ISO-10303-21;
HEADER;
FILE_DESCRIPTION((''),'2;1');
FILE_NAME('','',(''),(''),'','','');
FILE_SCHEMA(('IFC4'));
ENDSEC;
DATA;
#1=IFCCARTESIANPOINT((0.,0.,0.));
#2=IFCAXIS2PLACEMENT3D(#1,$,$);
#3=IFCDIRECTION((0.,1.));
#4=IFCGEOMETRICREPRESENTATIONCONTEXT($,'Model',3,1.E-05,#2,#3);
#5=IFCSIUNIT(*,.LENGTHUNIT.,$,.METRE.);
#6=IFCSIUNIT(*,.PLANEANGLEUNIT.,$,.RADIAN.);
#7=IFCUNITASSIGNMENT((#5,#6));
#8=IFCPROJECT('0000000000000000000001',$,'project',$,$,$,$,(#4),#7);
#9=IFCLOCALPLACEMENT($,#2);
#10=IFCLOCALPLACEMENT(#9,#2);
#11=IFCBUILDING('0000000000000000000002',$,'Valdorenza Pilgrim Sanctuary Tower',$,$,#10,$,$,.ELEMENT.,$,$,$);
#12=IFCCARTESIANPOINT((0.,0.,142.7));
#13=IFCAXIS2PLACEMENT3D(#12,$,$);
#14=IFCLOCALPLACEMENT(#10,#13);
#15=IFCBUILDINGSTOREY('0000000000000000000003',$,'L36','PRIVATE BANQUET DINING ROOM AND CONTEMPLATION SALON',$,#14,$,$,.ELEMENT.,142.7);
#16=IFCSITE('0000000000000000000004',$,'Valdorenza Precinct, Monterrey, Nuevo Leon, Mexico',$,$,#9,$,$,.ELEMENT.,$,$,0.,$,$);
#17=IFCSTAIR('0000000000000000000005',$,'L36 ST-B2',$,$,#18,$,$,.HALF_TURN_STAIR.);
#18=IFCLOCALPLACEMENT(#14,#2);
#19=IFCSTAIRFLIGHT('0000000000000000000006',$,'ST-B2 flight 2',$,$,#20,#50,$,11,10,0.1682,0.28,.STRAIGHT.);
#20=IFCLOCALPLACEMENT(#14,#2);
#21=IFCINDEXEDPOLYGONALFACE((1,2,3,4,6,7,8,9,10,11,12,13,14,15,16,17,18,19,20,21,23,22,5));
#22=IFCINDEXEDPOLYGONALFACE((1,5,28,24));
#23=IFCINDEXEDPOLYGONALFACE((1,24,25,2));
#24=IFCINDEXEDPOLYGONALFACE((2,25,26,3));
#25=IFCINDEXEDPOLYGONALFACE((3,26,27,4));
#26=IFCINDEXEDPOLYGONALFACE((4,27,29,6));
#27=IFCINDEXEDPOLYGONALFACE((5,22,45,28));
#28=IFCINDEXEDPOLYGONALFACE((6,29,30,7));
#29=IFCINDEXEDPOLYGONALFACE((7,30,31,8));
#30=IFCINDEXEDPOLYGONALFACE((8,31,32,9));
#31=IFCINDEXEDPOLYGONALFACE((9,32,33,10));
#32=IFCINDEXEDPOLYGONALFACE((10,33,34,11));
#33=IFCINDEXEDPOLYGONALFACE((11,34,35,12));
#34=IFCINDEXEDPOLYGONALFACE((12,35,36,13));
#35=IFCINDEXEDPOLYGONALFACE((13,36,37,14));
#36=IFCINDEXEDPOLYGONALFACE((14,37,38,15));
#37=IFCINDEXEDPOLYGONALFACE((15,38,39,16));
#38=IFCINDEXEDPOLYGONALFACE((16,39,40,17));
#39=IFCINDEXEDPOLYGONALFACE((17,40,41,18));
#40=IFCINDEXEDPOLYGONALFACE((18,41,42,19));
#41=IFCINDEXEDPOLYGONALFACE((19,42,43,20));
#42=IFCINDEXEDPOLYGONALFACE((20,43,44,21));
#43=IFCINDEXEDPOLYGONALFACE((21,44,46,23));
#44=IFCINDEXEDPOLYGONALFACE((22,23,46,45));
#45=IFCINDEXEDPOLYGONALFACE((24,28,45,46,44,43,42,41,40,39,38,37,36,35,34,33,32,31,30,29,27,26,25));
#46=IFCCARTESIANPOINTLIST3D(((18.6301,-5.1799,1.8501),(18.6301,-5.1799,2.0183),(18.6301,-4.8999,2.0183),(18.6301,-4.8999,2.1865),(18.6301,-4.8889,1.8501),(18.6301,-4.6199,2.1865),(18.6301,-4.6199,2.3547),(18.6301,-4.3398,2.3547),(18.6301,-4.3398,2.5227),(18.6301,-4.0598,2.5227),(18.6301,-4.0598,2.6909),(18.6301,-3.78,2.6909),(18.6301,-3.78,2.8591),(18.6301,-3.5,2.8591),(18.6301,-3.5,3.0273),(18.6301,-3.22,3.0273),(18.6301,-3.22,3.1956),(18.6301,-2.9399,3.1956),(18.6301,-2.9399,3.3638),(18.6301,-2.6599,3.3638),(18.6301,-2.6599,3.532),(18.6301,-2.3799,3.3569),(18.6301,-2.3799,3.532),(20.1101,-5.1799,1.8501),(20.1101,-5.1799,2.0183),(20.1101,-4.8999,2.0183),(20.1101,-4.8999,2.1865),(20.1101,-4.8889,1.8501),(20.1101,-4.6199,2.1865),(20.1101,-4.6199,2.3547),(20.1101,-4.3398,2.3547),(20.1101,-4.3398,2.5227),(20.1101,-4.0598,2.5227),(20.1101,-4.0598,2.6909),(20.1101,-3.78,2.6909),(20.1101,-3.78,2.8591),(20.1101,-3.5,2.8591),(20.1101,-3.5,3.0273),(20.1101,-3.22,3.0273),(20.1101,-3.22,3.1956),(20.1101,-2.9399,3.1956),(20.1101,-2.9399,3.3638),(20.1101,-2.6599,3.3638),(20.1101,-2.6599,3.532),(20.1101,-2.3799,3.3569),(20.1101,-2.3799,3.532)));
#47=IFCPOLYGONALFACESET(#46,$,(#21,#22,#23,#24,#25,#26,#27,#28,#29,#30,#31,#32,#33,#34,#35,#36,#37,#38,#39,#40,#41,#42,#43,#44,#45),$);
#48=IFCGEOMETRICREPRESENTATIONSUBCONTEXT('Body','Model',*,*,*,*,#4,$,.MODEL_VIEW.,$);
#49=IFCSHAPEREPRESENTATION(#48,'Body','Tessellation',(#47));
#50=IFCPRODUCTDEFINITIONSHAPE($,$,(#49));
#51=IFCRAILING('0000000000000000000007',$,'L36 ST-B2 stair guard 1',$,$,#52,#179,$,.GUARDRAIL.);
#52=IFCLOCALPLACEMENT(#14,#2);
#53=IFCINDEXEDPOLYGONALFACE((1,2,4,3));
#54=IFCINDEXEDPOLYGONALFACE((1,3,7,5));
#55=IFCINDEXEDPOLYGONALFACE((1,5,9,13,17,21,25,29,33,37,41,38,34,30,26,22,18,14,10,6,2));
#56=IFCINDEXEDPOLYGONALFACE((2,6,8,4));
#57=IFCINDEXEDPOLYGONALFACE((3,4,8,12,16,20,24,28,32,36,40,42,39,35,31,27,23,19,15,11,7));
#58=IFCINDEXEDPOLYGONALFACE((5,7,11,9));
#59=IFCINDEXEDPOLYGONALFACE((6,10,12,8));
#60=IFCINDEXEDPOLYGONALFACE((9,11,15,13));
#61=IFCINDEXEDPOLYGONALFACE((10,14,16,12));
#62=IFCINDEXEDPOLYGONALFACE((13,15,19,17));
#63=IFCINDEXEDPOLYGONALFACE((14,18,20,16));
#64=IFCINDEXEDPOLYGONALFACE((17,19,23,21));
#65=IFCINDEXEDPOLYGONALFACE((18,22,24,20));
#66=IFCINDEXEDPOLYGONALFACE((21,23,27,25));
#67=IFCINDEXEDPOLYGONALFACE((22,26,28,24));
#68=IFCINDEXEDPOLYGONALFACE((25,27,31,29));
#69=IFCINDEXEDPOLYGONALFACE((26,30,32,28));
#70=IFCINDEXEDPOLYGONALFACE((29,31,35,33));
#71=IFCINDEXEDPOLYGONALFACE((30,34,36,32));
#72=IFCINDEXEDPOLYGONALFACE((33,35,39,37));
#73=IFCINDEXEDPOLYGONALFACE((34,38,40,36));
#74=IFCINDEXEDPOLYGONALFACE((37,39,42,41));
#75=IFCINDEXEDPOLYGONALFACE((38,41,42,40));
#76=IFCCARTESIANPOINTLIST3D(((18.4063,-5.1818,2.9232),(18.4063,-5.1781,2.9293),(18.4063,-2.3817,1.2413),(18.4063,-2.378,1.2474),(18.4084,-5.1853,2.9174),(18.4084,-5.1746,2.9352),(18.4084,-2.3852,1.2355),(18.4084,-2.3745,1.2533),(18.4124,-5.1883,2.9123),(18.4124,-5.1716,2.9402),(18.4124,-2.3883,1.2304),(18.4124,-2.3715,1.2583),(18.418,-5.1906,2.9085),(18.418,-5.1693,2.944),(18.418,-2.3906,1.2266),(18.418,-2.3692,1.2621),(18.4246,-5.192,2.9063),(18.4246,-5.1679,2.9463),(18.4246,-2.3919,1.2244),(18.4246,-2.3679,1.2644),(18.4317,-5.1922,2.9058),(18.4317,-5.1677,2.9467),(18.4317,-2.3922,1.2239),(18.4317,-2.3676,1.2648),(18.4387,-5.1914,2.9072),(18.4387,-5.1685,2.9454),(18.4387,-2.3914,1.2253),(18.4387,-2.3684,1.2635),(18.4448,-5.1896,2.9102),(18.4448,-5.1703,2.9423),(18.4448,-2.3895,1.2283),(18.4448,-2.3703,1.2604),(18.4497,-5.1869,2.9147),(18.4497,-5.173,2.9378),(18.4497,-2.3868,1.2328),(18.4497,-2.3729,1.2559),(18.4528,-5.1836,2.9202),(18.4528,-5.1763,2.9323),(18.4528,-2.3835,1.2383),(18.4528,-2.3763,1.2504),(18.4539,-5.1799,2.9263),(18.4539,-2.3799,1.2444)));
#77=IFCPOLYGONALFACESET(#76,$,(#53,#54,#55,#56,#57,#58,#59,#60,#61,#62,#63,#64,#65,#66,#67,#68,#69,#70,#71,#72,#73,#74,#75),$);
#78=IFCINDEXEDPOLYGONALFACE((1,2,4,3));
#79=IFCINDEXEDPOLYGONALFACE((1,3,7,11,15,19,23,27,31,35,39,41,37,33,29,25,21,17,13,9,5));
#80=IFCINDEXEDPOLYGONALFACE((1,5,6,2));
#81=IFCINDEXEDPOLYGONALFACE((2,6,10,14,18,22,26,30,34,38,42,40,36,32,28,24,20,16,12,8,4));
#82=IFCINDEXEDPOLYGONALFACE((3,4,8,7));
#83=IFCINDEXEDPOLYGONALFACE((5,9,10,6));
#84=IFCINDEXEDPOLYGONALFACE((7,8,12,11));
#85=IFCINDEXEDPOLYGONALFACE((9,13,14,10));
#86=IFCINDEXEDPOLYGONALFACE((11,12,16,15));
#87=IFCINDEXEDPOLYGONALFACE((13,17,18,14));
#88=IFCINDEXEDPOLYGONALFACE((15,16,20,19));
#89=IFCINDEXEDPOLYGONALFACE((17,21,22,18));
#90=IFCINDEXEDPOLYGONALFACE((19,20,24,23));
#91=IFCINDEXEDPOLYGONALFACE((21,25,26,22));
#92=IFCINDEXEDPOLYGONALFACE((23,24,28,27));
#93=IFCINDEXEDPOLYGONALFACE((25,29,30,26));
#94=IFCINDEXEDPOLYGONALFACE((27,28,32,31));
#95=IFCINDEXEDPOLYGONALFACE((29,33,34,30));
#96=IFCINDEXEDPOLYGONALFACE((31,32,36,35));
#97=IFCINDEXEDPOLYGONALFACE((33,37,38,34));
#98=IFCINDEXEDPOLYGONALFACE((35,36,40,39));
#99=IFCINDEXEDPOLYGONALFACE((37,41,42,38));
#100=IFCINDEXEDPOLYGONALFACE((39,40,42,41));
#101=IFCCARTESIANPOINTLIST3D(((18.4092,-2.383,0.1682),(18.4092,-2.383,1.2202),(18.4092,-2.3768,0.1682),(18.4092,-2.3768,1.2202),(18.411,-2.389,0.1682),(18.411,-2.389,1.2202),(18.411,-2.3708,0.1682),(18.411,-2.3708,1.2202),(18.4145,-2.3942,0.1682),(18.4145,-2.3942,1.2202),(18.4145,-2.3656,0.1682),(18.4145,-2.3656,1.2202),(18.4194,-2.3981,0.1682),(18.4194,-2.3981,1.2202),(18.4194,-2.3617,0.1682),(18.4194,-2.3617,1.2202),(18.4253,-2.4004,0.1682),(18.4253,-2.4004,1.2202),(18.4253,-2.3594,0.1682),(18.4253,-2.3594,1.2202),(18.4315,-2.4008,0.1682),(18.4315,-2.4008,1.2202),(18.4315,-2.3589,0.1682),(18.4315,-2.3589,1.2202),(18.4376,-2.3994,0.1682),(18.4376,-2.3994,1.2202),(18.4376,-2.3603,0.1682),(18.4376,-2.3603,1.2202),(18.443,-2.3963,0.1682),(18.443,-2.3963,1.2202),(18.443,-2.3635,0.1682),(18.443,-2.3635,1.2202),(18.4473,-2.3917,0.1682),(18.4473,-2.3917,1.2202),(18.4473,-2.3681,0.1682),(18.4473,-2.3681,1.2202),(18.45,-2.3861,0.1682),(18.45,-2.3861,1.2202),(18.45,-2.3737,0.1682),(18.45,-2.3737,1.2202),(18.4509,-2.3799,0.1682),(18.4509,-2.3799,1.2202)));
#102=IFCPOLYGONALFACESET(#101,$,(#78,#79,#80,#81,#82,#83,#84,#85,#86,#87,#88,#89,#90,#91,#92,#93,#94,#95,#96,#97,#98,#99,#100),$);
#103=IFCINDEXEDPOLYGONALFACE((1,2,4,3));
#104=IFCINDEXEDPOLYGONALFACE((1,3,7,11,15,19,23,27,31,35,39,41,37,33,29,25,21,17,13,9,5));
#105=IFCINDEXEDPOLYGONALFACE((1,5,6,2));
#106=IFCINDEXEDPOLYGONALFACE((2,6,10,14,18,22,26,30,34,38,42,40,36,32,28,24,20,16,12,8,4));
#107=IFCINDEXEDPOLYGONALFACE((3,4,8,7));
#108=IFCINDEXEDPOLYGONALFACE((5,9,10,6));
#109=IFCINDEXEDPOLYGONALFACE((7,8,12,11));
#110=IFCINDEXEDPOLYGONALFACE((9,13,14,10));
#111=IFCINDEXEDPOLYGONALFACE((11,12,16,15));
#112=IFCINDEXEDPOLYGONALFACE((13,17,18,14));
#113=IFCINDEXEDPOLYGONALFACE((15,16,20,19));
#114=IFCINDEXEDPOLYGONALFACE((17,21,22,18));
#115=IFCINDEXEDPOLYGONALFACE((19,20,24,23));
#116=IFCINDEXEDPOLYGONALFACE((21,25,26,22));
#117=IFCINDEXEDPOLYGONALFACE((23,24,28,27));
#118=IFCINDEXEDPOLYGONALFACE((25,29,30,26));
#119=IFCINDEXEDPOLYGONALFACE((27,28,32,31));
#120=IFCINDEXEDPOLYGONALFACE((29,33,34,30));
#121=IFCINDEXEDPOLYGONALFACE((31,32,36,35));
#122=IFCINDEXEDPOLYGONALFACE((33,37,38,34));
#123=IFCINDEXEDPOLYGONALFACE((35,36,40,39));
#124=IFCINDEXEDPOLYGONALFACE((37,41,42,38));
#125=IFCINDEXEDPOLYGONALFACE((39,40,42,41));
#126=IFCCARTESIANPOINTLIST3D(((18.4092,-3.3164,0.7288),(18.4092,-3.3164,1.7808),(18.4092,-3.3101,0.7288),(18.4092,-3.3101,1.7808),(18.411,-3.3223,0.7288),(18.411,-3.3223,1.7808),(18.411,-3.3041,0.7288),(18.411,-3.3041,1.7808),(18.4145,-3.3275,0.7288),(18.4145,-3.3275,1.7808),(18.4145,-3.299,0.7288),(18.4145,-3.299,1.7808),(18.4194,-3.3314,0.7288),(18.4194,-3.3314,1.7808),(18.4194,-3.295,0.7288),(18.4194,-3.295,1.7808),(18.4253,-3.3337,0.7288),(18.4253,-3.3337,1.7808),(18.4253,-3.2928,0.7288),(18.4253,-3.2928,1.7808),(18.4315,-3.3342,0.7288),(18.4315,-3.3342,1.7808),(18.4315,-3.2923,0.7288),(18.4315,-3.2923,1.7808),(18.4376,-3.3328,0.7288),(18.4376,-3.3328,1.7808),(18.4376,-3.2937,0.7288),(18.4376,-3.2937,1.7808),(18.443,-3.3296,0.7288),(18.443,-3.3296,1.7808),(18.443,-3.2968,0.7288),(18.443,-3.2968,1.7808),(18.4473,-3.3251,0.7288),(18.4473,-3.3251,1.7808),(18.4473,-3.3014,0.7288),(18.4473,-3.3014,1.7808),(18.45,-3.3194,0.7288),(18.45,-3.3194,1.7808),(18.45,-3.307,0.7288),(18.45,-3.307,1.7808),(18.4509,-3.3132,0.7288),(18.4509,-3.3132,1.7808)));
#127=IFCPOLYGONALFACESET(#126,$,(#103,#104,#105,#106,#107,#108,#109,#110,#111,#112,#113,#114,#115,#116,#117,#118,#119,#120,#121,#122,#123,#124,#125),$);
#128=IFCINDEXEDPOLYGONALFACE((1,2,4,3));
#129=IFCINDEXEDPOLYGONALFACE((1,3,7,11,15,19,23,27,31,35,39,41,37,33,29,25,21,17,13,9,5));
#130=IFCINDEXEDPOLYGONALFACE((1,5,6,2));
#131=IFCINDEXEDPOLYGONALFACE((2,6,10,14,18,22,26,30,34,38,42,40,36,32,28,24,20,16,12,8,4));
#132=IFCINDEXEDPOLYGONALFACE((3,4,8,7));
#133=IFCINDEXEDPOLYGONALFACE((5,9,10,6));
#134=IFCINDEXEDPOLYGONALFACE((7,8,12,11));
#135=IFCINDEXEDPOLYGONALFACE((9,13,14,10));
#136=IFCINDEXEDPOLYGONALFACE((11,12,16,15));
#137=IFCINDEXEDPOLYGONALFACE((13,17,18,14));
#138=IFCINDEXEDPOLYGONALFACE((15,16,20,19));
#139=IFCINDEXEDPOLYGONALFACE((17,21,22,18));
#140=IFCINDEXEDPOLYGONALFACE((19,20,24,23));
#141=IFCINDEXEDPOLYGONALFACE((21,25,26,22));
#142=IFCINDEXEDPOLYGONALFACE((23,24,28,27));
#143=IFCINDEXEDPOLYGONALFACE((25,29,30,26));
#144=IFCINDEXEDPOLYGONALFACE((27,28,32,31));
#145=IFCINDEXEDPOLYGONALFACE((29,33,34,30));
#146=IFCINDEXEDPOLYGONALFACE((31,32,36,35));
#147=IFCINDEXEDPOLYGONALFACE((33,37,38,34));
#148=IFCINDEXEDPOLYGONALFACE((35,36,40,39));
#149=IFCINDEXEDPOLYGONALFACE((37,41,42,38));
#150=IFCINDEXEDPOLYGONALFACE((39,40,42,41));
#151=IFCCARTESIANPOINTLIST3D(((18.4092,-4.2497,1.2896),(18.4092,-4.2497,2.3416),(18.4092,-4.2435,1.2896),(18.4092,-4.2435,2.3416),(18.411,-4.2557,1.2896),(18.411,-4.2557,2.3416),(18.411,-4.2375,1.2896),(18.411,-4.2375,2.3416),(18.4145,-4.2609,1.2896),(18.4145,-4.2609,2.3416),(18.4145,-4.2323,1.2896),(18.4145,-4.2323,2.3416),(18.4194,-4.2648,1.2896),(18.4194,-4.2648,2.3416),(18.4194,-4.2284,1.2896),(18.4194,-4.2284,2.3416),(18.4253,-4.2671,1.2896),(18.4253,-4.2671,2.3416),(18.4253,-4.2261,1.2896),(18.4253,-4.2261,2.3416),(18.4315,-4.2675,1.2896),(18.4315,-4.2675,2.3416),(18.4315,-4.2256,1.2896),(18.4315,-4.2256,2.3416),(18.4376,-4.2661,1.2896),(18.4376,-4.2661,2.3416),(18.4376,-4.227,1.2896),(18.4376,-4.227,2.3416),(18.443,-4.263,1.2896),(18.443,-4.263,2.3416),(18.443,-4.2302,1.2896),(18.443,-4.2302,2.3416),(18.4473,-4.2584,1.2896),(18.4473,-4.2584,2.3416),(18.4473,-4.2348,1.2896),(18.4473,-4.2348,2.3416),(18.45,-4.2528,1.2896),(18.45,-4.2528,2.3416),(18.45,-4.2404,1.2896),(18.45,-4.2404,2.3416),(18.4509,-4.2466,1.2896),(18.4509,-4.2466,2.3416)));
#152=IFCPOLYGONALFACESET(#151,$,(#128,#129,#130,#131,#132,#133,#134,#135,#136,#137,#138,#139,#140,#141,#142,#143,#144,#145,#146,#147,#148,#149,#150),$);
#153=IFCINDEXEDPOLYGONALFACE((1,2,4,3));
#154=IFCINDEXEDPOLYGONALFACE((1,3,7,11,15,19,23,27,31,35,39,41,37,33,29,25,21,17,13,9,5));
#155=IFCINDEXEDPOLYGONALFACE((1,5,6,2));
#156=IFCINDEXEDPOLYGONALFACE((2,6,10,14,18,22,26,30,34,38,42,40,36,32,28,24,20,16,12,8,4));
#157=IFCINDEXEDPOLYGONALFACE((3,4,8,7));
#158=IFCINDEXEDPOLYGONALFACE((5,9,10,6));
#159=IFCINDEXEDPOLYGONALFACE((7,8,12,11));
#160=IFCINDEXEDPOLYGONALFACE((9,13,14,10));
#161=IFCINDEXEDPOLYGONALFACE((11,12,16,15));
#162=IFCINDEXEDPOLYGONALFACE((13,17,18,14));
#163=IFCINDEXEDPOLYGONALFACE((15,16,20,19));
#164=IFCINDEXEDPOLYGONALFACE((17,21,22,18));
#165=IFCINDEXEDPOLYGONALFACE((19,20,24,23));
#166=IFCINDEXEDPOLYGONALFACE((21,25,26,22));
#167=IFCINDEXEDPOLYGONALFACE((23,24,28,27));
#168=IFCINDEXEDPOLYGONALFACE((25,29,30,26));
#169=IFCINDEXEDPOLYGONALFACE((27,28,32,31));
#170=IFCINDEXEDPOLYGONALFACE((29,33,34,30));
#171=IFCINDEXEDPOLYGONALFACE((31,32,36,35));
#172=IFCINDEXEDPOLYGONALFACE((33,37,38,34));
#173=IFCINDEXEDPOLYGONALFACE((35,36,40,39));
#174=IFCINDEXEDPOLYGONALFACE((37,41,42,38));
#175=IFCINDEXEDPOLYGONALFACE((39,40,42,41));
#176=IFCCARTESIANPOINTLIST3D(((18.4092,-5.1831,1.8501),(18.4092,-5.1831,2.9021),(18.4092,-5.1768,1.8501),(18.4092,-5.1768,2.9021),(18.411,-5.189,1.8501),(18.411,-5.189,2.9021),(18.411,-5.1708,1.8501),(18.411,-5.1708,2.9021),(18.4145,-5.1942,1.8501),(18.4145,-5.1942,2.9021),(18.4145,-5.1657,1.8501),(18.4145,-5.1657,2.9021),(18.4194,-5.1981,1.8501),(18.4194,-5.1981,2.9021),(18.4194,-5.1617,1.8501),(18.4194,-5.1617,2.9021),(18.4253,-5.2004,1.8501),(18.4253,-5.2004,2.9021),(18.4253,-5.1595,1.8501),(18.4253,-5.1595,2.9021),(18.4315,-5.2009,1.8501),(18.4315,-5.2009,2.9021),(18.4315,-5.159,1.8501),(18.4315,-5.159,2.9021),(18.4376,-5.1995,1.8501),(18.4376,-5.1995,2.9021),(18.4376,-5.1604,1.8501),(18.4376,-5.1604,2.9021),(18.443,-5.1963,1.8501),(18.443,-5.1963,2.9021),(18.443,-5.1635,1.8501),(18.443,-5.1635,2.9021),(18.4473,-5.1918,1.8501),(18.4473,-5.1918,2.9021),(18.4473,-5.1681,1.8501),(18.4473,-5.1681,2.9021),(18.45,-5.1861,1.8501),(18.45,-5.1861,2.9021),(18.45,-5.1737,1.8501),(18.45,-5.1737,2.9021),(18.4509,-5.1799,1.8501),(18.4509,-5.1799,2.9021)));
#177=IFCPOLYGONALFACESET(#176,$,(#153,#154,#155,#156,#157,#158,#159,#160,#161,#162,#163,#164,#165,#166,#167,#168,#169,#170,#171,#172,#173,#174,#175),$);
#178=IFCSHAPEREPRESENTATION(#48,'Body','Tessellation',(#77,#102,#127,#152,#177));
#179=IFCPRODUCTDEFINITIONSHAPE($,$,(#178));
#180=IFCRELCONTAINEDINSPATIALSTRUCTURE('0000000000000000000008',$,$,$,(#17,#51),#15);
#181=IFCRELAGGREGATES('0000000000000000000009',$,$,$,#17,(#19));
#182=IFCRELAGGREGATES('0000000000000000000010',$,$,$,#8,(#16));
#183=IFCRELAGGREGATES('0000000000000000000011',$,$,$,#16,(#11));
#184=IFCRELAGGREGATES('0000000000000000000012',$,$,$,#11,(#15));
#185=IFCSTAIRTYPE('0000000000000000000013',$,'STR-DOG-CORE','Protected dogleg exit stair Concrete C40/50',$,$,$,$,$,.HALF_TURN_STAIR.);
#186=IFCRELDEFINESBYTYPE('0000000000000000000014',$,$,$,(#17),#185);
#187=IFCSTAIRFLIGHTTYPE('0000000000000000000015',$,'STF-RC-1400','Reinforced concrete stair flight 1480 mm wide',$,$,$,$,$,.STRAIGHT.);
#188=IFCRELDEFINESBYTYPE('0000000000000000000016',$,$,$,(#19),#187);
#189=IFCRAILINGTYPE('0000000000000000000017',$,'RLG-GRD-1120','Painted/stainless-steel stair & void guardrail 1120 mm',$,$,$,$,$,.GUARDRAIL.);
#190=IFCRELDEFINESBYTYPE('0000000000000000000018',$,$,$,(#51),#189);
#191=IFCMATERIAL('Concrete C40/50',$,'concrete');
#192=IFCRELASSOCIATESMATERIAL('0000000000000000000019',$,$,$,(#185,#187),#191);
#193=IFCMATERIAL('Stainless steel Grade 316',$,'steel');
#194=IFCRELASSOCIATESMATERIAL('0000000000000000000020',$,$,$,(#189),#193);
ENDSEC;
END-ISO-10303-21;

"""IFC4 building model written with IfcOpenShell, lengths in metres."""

from ifc_helpers import new_model, si_unit, direction, frame, origin, origin_2d, place, context, subcontext, project, spatial, polyline, circle, outline, extrude, material, type_object, element, aggregate, save


model = new_model("IFC4")

# Units and contexts
model_context = context("Model", 3, precision=1e-05, world=origin(), true_north=direction((0.0, 1.0)))
body_context = subcontext(model_context, "Body", "Model", "MODEL_VIEW")
ifc_project = project(units=[si_unit("LENGTHUNIT", "METRE"), si_unit("PLANEANGLEUNIT", "RADIAN")], contexts=[model_context])

# Site, building, storey
site_placement = place(None, origin())
site = spatial("IfcSite", under=ifc_project, at=site_placement, Name="Valdorenza Precinct, Monterrey, Nuevo Leon, Mexico", CompositionType="ELEMENT", RefElevation=0.0)
building_placement = place(site_placement, origin())
building = spatial("IfcBuilding", under=site, at=building_placement, Name="Valdorenza Pilgrim Sanctuary Tower", CompositionType="ELEMENT")
storey_placement = place(building_placement, frame((0.0, 0.0, 142.7)))
storey = spatial("IfcBuildingStorey", under=building, at=storey_placement, Name="L36", Description="PRIVATE BANQUET DINING ROOM AND CONTEMPLATION SALON", CompositionType="ELEMENT", Elevation=142.7)

# Shared definitions
ifc_material_1 = material(Name="Concrete C40/50", Category="concrete")

# Stair, stair flight
stair_type = type_object("IfcStairType", Name="STR-DOG-CORE", Description="Protected dogleg exit stair Concrete C40/50", PredefinedType="HALF_TURN_STAIR", material=ifc_material_1)
stair_placement = place(storey_placement, origin())
stair = element("IfcStair", 1, at=stair_placement, inside=storey, type_object=stair_type, Name="L36 ST-B2", PredefinedType="HALF_TURN_STAIR")
stair_flight_type = type_object("IfcStairFlightType", Name="STF-RC-1400", Description="Reinforced concrete stair flight 1480 mm wide", PredefinedType="STRAIGHT", material=ifc_material_1)
stair_flight_1_placement = place(storey_placement, frame((19.3701, -5.1799, 1.8501), z_axis=(0.0, 0.0, 1.0), x_axis=(0.0, 1.0, 0.0)))
stair_flight_1 = element("IfcStairFlight", 2, at=stair_flight_1_placement, type_object=stair_flight_type, Name="ST-B2 flight 2", NumberOfRisers=11, NumberOfTreads=10, PredefinedType="STRAIGHT", RiserHeight=0.1682, TreadLength=0.28, context=body_context, shape_type="SweptSolid", body=[
    extrude(outline(polyline([(0.0, 0.0), (0.0, 0.1682), (0.28, 0.1682), (0.28, 0.3364), (0.5601, 0.3364), (0.5601, 0.5046), (0.8401, 0.5046), (0.8401, 0.6726), (1.1201, 0.6726), (1.1201, 0.8408), (1.3999, 0.8408), (1.3999, 1.009), (1.6799, 1.009), (1.6799, 1.1772), (1.96, 1.1772), (1.96, 1.3455), (2.24, 1.3455), (2.24, 1.5137), (2.52, 1.5137), (2.52, 1.6819), (2.8, 1.6819), (2.8, 1.8501), (2.8, 1.5068), (0.291, 0.0), (0.0, 0.0)])), frame((0.0, 0.74, 0.0), z_axis=(0.0, -1.0, 0.0), x_axis=(1.0, 0.0, 0.0)), (0.0, 0.0, 1.0), 1.48),
])
aggregate(stair, [stair_flight_1])

# Railing
ifc_material_2 = material(Name="Stainless steel Grade 316", Category="steel")
railing_type_1 = type_object("IfcRailingType", Name="RLG-GRD-1120", Description="Painted/stainless-steel stair & void guardrail 1120 mm", PredefinedType="GUARDRAIL", material=ifc_material_2)
railing_1_placement = place(storey_placement, frame((18.4299, -2.3799, 0.1682)))
element("IfcRailing", 3, at=railing_1_placement, inside=storey, type_object=railing_type_1, Name="L36 ST-B2 stair guard 1", PredefinedType="GUARDRAIL", context=body_context, shape_type="SweptSolid", body=[
    extrude(circle(Radius=0.0239, at=origin_2d()), frame((0.0, 0.0, 1.0762), z_axis=(0.0, -0.857242, 0.514913), x_axis=(1.0, 0.0, 0.0)), (0.0, 0.0, 1.0), 3.2664),
    extrude(circle(Radius=0.021, at=origin_2d()), origin(), (0.0, 0.0, 1.0), 1.052),
    extrude(circle(Radius=0.021, at=origin_2d()), frame((0.0, -0.9333, 0.5605)), (0.0, 0.0, 1.0), 1.052),
    extrude(circle(Radius=0.021, at=origin_2d()), frame((0.0, -1.8667, 1.1213)), (0.0, 0.0, 1.0), 1.052),
    extrude(circle(Radius=0.021, at=origin_2d()), frame((0.0, -2.8, 1.6819)), (0.0, 0.0, 1.0), 1.052),
])

save(model, "model.ifc")
